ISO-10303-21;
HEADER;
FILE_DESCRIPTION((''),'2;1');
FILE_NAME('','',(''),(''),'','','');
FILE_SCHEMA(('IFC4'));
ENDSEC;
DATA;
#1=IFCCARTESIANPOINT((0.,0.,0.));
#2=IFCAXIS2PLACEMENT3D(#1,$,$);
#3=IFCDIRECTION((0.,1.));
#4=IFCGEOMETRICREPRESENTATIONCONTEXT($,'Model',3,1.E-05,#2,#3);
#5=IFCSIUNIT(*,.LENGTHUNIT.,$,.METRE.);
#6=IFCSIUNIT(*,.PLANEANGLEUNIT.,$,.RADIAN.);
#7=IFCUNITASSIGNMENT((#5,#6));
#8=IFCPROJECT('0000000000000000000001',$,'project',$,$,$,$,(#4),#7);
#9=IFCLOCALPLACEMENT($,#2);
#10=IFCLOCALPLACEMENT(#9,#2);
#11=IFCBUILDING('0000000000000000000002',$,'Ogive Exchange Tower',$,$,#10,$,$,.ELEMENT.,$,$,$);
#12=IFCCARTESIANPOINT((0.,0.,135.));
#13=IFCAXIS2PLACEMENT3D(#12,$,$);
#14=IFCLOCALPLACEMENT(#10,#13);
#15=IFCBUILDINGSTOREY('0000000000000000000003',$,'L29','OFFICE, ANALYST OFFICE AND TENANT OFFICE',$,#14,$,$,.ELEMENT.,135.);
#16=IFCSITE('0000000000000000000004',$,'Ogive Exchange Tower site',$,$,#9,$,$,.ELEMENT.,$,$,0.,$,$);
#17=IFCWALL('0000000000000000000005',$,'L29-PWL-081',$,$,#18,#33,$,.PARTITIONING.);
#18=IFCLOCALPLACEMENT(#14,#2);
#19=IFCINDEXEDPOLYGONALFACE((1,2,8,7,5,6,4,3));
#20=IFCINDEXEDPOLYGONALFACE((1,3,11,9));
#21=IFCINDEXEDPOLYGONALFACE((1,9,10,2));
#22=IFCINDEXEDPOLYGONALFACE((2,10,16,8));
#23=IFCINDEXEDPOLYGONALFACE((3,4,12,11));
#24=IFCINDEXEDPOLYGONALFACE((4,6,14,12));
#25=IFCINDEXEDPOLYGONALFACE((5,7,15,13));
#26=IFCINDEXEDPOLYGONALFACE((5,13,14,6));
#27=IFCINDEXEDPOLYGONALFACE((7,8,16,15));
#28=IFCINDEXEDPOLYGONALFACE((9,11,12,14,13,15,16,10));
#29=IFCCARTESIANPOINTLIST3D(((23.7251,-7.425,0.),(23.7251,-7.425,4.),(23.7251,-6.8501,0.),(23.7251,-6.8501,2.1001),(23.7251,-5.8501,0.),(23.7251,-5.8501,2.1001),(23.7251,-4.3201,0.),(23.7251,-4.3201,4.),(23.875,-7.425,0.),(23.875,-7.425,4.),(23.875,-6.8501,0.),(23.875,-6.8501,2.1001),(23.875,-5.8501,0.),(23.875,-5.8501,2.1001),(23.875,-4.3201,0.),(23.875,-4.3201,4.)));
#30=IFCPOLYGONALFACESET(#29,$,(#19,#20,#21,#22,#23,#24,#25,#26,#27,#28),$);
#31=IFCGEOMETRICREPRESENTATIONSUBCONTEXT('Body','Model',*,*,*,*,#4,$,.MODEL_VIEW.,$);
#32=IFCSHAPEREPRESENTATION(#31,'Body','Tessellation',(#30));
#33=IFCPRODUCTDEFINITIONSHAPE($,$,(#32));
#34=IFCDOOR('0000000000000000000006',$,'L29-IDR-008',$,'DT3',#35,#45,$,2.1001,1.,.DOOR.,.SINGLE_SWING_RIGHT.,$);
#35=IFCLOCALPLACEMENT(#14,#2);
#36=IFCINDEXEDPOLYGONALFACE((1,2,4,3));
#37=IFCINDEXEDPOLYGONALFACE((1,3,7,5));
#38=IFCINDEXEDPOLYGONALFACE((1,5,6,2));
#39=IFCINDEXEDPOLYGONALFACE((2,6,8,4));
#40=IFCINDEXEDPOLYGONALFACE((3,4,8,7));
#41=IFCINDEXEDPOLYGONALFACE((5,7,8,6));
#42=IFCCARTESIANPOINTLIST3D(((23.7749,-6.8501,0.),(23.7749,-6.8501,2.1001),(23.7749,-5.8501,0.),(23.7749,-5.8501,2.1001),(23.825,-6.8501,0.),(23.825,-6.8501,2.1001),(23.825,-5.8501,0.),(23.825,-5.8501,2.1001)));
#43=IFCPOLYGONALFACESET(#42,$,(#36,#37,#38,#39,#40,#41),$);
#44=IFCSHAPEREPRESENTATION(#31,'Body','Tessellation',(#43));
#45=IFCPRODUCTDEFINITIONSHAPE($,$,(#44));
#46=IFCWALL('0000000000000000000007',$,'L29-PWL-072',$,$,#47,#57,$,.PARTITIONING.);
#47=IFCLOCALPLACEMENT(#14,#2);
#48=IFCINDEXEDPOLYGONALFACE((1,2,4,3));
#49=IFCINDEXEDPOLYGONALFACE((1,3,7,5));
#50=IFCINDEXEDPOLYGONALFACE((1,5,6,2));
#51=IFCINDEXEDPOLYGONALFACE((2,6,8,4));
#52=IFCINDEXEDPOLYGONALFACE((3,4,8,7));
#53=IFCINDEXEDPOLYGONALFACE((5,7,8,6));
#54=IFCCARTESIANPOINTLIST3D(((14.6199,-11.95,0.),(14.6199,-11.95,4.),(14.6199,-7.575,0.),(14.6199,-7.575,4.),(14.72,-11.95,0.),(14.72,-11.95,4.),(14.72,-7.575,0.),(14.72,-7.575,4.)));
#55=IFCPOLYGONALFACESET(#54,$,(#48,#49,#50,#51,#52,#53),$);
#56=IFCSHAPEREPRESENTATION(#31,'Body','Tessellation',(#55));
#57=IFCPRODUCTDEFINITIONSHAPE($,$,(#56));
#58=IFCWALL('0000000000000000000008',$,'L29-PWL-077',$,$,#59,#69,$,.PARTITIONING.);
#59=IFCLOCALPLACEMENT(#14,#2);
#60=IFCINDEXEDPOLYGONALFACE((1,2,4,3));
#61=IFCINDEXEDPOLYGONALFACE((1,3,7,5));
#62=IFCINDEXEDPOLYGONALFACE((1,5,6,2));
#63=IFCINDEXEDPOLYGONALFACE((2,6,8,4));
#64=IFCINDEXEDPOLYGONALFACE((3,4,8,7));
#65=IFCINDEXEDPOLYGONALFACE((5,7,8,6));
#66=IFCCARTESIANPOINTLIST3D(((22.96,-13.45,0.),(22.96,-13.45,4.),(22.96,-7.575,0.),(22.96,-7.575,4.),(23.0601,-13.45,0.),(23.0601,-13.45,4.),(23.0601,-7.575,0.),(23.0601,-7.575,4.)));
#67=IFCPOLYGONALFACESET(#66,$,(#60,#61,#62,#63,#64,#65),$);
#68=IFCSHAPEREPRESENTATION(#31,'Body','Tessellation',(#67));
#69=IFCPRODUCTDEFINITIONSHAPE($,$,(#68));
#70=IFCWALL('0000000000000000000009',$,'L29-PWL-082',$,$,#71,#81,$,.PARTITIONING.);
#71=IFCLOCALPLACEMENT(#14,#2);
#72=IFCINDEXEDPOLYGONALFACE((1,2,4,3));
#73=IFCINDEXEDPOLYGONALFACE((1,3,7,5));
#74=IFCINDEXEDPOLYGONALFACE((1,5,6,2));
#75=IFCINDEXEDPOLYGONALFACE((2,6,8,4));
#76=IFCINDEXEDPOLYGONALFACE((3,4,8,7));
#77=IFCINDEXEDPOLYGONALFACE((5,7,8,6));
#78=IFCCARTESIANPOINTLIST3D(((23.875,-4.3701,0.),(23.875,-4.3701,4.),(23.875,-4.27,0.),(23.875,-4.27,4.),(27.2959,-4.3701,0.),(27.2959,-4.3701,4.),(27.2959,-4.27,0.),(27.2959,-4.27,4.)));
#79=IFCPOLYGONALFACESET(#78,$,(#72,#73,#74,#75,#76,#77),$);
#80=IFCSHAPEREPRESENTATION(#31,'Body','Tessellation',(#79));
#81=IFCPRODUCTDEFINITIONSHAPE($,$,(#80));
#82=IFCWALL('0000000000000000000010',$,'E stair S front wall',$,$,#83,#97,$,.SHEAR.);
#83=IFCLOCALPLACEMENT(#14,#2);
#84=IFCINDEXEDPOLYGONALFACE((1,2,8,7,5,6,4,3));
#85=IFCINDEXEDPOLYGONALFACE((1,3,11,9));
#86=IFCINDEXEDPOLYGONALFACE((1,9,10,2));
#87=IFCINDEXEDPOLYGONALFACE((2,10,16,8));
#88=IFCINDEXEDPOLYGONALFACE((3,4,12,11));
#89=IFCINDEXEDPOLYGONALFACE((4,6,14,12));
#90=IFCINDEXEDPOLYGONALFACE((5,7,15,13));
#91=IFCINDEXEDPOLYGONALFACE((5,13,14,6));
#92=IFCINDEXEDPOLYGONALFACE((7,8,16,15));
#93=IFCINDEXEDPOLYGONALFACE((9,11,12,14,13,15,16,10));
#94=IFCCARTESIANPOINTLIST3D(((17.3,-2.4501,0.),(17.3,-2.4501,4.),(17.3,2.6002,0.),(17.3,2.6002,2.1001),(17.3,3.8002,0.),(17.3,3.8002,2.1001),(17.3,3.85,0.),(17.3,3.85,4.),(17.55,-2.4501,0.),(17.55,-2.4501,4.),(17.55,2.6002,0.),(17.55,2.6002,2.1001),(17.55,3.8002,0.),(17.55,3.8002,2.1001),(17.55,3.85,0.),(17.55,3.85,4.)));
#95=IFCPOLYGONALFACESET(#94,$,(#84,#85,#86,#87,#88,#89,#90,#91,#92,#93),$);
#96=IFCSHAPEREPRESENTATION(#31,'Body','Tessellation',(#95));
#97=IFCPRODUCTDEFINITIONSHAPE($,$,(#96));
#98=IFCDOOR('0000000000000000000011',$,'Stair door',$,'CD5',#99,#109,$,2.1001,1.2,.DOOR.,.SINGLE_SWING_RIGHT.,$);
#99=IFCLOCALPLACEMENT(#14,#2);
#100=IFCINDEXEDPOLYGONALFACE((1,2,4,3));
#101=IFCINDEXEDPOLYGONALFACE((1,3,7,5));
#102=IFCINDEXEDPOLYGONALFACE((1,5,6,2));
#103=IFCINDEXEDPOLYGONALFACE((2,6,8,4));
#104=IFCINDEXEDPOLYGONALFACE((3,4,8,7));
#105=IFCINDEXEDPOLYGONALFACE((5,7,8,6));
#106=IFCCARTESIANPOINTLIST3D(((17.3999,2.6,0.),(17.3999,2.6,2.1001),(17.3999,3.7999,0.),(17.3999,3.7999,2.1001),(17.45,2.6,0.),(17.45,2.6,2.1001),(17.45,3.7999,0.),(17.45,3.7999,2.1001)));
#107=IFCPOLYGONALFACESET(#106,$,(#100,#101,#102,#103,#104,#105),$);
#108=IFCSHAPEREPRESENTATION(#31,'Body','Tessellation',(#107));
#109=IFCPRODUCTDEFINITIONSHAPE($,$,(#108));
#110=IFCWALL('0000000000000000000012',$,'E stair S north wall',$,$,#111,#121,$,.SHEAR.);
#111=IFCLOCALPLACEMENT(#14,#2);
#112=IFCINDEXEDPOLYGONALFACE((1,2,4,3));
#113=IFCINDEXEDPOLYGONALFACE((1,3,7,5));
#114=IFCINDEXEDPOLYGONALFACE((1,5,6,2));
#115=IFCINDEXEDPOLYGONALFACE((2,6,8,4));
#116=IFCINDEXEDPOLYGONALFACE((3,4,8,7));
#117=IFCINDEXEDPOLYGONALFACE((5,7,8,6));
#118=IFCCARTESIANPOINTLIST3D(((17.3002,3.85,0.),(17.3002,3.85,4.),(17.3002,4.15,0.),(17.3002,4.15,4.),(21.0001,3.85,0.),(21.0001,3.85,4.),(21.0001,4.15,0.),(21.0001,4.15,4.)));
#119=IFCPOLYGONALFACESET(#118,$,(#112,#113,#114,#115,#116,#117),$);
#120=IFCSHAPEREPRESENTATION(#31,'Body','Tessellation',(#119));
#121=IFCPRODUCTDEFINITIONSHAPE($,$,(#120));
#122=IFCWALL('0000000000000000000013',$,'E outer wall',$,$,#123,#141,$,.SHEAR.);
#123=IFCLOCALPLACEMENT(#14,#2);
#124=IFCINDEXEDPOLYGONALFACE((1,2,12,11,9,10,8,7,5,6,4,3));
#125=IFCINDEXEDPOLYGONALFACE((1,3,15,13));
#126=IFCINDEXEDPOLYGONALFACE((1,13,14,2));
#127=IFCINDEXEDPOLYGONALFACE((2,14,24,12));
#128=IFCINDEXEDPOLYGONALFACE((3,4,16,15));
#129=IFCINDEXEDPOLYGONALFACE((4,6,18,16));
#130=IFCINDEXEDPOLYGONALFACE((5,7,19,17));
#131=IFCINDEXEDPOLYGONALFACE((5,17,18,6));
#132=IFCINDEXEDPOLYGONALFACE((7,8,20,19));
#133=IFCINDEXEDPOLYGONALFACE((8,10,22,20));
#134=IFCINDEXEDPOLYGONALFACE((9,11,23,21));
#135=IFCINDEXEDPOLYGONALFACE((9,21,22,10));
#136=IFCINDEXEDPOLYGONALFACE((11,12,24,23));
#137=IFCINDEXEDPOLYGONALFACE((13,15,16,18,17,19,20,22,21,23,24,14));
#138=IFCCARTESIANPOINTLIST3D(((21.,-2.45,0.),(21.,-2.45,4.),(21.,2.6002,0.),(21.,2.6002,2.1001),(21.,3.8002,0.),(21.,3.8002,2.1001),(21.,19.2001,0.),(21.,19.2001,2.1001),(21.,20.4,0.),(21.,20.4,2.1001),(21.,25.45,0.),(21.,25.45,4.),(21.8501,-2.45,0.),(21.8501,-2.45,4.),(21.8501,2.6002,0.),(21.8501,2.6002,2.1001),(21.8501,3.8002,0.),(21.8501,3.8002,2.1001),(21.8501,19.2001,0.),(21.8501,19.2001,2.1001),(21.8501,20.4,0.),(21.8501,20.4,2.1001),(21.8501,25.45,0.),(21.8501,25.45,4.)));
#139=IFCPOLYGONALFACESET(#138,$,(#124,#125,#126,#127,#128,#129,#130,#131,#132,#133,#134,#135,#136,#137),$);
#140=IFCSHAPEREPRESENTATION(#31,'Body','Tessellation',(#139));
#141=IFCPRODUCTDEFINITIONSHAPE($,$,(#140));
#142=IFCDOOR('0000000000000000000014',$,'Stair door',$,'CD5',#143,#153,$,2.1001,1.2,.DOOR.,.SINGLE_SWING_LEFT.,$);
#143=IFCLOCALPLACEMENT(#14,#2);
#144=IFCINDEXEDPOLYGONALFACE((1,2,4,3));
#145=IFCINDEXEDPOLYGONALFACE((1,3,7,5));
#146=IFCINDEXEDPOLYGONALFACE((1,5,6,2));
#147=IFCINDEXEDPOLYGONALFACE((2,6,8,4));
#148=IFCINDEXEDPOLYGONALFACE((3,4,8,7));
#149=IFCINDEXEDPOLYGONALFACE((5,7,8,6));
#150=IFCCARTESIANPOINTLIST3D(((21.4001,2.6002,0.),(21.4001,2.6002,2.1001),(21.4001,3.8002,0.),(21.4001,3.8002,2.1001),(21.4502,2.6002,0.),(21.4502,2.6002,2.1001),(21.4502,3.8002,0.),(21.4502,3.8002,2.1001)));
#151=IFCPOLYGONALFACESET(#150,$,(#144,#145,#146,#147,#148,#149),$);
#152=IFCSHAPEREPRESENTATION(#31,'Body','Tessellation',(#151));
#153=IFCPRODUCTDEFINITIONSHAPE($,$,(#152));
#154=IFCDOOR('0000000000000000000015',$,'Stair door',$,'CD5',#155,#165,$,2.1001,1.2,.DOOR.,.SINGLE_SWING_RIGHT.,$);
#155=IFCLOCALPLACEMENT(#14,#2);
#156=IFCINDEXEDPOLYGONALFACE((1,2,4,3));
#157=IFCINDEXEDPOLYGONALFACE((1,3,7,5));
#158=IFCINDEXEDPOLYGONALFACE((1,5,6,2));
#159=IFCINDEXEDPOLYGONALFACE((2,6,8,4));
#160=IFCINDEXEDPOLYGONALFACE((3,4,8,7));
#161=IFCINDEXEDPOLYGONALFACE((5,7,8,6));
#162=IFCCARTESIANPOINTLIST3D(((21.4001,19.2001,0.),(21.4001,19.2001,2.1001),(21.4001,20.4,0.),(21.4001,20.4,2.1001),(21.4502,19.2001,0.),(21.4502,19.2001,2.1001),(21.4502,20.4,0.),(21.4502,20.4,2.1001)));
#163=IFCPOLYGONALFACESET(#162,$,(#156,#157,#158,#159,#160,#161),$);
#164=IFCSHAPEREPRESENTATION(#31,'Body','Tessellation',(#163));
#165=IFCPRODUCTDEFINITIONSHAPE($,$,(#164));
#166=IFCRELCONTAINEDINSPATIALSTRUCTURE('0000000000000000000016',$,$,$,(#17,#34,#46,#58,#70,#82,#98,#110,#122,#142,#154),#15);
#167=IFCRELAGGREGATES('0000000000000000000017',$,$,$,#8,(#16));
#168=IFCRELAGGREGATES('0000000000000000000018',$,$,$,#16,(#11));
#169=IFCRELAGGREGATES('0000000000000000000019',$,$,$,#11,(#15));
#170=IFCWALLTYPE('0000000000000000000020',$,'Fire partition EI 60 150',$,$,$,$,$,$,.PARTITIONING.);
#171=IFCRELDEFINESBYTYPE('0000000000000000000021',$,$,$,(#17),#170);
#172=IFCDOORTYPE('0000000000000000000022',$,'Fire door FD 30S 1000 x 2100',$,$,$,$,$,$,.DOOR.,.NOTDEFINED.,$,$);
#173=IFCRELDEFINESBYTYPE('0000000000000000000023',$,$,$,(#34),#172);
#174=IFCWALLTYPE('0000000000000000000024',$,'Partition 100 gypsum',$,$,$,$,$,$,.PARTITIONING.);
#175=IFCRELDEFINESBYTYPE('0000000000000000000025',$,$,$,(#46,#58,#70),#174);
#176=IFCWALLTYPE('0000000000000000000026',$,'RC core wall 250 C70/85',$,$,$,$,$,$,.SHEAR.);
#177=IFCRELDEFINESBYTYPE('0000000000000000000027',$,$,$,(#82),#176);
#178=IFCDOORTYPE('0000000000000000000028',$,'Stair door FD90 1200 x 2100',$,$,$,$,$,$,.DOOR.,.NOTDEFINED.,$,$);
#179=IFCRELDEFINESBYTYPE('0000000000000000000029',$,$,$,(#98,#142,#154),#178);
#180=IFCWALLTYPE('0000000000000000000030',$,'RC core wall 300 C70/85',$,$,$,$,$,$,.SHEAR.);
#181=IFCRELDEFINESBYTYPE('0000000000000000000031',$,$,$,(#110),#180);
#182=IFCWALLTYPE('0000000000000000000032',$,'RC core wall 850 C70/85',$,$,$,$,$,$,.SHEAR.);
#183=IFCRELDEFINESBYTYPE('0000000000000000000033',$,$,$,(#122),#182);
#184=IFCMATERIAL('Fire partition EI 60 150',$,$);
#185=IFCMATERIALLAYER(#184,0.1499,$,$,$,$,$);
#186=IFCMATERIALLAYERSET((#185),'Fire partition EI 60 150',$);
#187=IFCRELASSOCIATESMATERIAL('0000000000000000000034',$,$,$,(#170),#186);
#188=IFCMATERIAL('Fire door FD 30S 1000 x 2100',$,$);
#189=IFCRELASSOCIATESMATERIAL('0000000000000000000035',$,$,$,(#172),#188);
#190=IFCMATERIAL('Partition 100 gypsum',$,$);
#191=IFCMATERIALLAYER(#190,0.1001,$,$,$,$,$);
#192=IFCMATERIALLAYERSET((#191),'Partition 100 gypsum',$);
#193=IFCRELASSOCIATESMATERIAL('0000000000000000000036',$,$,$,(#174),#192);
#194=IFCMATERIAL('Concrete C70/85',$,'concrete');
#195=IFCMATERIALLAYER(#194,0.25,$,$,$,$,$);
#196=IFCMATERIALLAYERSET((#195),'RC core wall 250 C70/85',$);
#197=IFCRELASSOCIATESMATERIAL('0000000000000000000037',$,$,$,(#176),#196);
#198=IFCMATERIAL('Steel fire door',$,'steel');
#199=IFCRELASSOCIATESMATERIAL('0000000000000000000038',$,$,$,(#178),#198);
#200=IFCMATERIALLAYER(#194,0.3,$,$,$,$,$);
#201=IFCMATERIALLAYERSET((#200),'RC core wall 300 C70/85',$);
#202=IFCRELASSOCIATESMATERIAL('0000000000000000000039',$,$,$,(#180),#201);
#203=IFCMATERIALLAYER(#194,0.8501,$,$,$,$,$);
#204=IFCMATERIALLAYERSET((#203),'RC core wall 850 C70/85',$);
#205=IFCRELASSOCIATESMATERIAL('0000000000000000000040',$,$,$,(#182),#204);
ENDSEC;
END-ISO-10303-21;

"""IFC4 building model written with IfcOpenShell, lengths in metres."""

from ifc_helpers import new_model, si_unit, direction, frame, frame_2d, origin, place, context, subcontext, project, spatial, rectangle, extrude, material, layer, layer_set, type_object, element, fill, save


model = new_model("IFC4")

# Units and contexts
model_context = context("Model", 3, precision=1e-05, world=origin(), true_north=direction((0.0, 1.0)))
body_context = subcontext(model_context, "Body", "Model", "MODEL_VIEW")
ifc_project = project(units=[si_unit("LENGTHUNIT", "METRE"), si_unit("PLANEANGLEUNIT", "RADIAN")], contexts=[model_context])

# Site, building, storey
site_placement = place(None, origin())
site = spatial("IfcSite", under=ifc_project, at=site_placement, Name="Ogive Exchange Tower site", CompositionType="ELEMENT", RefElevation=0.0)
building_placement = place(site_placement, origin())
building = spatial("IfcBuilding", under=site, at=building_placement, Name="Ogive Exchange Tower", CompositionType="ELEMENT")
storey_placement = place(building_placement, frame((0.0, 0.0, 135.0)))
storey = spatial("IfcBuildingStorey", under=building, at=storey_placement, Name="L29", Description="OFFICE, ANALYST OFFICE AND TENANT OFFICE", CompositionType="ELEMENT", Elevation=135.0)

# Shared definitions
ifc_material_1 = material(Name="Fire partition EI 60 150")
ifc_layer_1 = layer(ifc_material_1, 0.1499)
ifc_layer_set_1 = layer_set([ifc_layer_1], Name="Fire partition EI 60 150")
wall_type_1 = type_object("IfcWallType", Name="Fire partition EI 60 150", PredefinedType="PARTITIONING", material=ifc_layer_set_1)
ifc_material_2 = material(Name="Fire door FD 30S 1000 x 2100")
door_type_1 = type_object("IfcDoorType", Name="Fire door FD 30S 1000 x 2100", OperationType="NOTDEFINED", PredefinedType="DOOR", material=ifc_material_2)

# Wall, opening, door
wall_1_placement = place(storey_placement, frame((23.8, -4.3201, 0.0), z_axis=(0.0, 0.0, 1.0), x_axis=(0.0, -1.0, 0.0)))
wall_1 = element("IfcWall", 1, at=wall_1_placement, inside=storey, type_object=wall_type_1, Name="L29-PWL-081", PredefinedType="PARTITIONING", context=body_context, shape_type="SweptSolid", body=[
    extrude(rectangle(XDim=3.105, YDim=0.1499, at=frame_2d((1.5525, 0.0))), origin(), (0.0, 0.0, 1.0), 4.0),
])
opening_1_placement = place(wall_1_placement, frame((1.53, 0.0, 0.0)))
opening_1 = element("IfcOpeningElement", 2, at=opening_1_placement, cuts=wall_1, PredefinedType="OPENING", context=body_context, shape_type="SweptSolid", body=[
    extrude(rectangle(XDim=1.0, YDim=2.1001, at=frame_2d((0.5, 1.05))), frame((0.0, 0.085, 0.0), z_axis=(0.0, -1.0, 0.0), x_axis=(1.0, 0.0, 0.0)), (0.0, 0.0, 1.0), 0.1699),
])
door_1_placement = place(opening_1_placement, origin())
door_1 = element("IfcDoor", 3, at=door_1_placement, inside=storey, type_object=door_type_1, Name="L29-IDR-008", ObjectType="DT3", OperationType="SINGLE_SWING_RIGHT", OverallHeight=2.1001, OverallWidth=1.0, PredefinedType="DOOR", context=body_context, shape_type="SweptSolid", body=[
    extrude(rectangle(XDim=1.0, YDim=2.1001, at=frame_2d((0.5, 1.05))), frame((0.0, 0.0249, 0.0), z_axis=(0.0, -1.0, 0.0), x_axis=(1.0, 0.0, 0.0)), (0.0, 0.0, 1.0), 0.05),
])
fill(opening_1, door_1)

# Walls
ifc_material_3 = material(Name="Partition 100 gypsum")
ifc_layer_2 = layer(ifc_material_3, 0.1001)
ifc_layer_set_2 = layer_set([ifc_layer_2], Name="Partition 100 gypsum")
wall_type_2 = type_object("IfcWallType", Name="Partition 100 gypsum", PredefinedType="PARTITIONING", material=ifc_layer_set_2)
wall_2_placement = place(storey_placement, frame((14.6699, -7.575, 0.0), z_axis=(0.0, 0.0, 1.0), x_axis=(0.0, -1.0, 0.0)))
element("IfcWall", 4, at=wall_2_placement, inside=storey, type_object=wall_type_2, Name="L29-PWL-072", PredefinedType="PARTITIONING", context=body_context, shape_type="SweptSolid", body=[
    extrude(rectangle(XDim=4.375, YDim=0.1001, at=frame_2d((2.1875, 0.0))), origin(), (0.0, 0.0, 1.0), 4.0),
])
wall_3_placement = place(storey_placement, frame((23.01, -7.575, 0.0), z_axis=(0.0, 0.0, 1.0), x_axis=(0.0, -1.0, 0.0)))
element("IfcWall", 5, at=wall_3_placement, inside=storey, type_object=wall_type_2, Name="L29-PWL-077", PredefinedType="PARTITIONING", context=body_context, shape_type="SweptSolid", body=[
    extrude(rectangle(XDim=5.875, YDim=0.1001, at=frame_2d((2.9375, 0.0))), origin(), (0.0, 0.0, 1.0), 4.0),
])
wall_4_placement = place(storey_placement, frame((23.875, -4.3201, 0.0), z_axis=(0.0, 0.0, 1.0), x_axis=(1.0, 0.0, 0.0)))
element("IfcWall", 6, at=wall_4_placement, inside=storey, type_object=wall_type_2, Name="L29-PWL-082", PredefinedType="PARTITIONING", context=body_context, shape_type="SweptSolid", body=[
    extrude(rectangle(XDim=3.4209, YDim=0.1001, at=frame_2d((1.7104, 0.0))), origin(), (0.0, 0.0, 1.0), 4.0),
])

# Wall, opening, door
ifc_material_4 = material(Name="Concrete C70/85", Category="concrete")
ifc_layer_3 = layer(ifc_material_4, 0.25)
ifc_layer_set_3 = layer_set([ifc_layer_3], Name="RC core wall 250 C70/85")
wall_type_3 = type_object("IfcWallType", Name="RC core wall 250 C70/85", PredefinedType="SHEAR", material=ifc_layer_set_3)
wall_5_placement = place(storey_placement, frame((17.425, -2.45, 0.0), z_axis=(0.0, 0.0, 1.0), x_axis=(0.0, 1.0, 0.0)))
wall_5 = element("IfcWall", 7, at=wall_5_placement, inside=storey, type_object=wall_type_3, Name="E stair S front wall", PredefinedType="SHEAR", context=body_context, shape_type="SweptSolid", body=[
    extrude(rectangle(XDim=6.3, YDim=0.25, at=frame_2d((3.1499, 0.0))), origin(), (0.0, 0.0, 1.0), 4.0),
])
opening_2_placement = place(wall_5_placement, frame((5.05, 0.0, 0.0)))
opening_2 = element("IfcOpeningElement", 8, at=opening_2_placement, cuts=wall_5, PredefinedType="OPENING", context=body_context, shape_type="SweptSolid", body=[
    extrude(rectangle(XDim=1.2, YDim=2.1001, at=frame_2d((0.6001, 1.05))), frame((0.0, 0.135, 0.0), z_axis=(0.0, -1.0, 0.0), x_axis=(1.0, 0.0, 0.0)), (0.0, 0.0, 1.0), 0.27),
])
ifc_material_5 = material(Name="Steel fire door", Category="steel")
door_type_2 = type_object("IfcDoorType", Name="Stair door FD90 1200 x 2100", OperationType="NOTDEFINED", PredefinedType="DOOR", material=ifc_material_5)
door_2_placement = place(opening_2_placement, frame((1.2, 0.0, 0.0), z_axis=(0.0, 0.0, 1.0), x_axis=(-1.0, 0.0, 0.0)))
door_2 = element("IfcDoor", 9, at=door_2_placement, inside=storey, type_object=door_type_2, Name="Stair door", ObjectType="CD5", OperationType="SINGLE_SWING_RIGHT", OverallHeight=2.1001, OverallWidth=1.2, PredefinedType="DOOR", context=body_context, shape_type="SweptSolid", body=[
    extrude(rectangle(XDim=1.2, YDim=2.1001, at=frame_2d((0.6001, 1.05))), frame((0.0, 0.0249, 0.0), z_axis=(0.0, -1.0, 0.0), x_axis=(1.0, 0.0, 0.0)), (0.0, 0.0, 1.0), 0.05),
])
fill(opening_2, door_2)

# Wall
ifc_layer_4 = layer(ifc_material_4, 0.3)
ifc_layer_set_4 = layer_set([ifc_layer_4], Name="RC core wall 300 C70/85")
wall_type_4 = type_object("IfcWallType", Name="RC core wall 300 C70/85", PredefinedType="SHEAR", material=ifc_layer_set_4)
wall_6_placement = place(storey_placement, frame((17.3, 4.0, 0.0), z_axis=(0.0, 0.0, 1.0), x_axis=(1.0, 0.0, 0.0)))
element("IfcWall", 10, at=wall_6_placement, inside=storey, type_object=wall_type_4, Name="E stair S north wall", PredefinedType="SHEAR", context=body_context, shape_type="SweptSolid", body=[
    extrude(rectangle(XDim=3.7, YDim=0.3, at=frame_2d((1.8501, 0.0))), origin(), (0.0, 0.0, 1.0), 4.0),
])

# Wall, openings, doors
ifc_layer_5 = layer(ifc_material_4, 0.8501)
ifc_layer_set_5 = layer_set([ifc_layer_5], Name="RC core wall 850 C70/85")
wall_type_5 = type_object("IfcWallType", Name="RC core wall 850 C70/85", PredefinedType="SHEAR", material=ifc_layer_set_5)
wall_7_placement = place(storey_placement, frame((21.425, -2.45, 0.0), z_axis=(0.0, 0.0, 1.0), x_axis=(0.0, 1.0, 0.0)))
wall_7 = element("IfcWall", 11, at=wall_7_placement, inside=storey, type_object=wall_type_5, Name="E outer wall", PredefinedType="SHEAR", context=body_context, shape_type="SweptSolid", body=[
    extrude(rectangle(XDim=27.8999, YDim=0.8501, at=frame_2d((13.95, 0.0))), origin(), (0.0, 0.0, 1.0), 4.0),
])
opening_3_placement = place(wall_7_placement, frame((5.05, 0.0, 0.0)))
opening_3 = element("IfcOpeningElement", 12, at=opening_3_placement, cuts=wall_7, PredefinedType="OPENING", context=body_context, shape_type="SweptSolid", body=[
    extrude(rectangle(XDim=1.2, YDim=2.1001, at=frame_2d((0.6001, 1.05))), frame((0.0, 0.4351, 0.0), z_axis=(0.0, -1.0, 0.0), x_axis=(1.0, 0.0, 0.0)), (0.0, 0.0, 1.0), 0.8701),
])
opening_4_placement = place(wall_7_placement, frame((21.6499, 0.0, 0.0)))
opening_4 = element("IfcOpeningElement", 13, at=opening_4_placement, cuts=wall_7, PredefinedType="OPENING", context=body_context, shape_type="SweptSolid", body=[
    extrude(rectangle(XDim=1.2, YDim=2.1001, at=frame_2d((0.6001, 1.05))), frame((0.0, 0.4351, 0.0), z_axis=(0.0, -1.0, 0.0), x_axis=(1.0, 0.0, 0.0)), (0.0, 0.0, 1.0), 0.8701),
])
door_3_placement = place(opening_3_placement, origin())
door_3 = element("IfcDoor", 14, at=door_3_placement, inside=storey, type_object=door_type_2, Name="Stair door", ObjectType="CD5", OperationType="SINGLE_SWING_LEFT", OverallHeight=2.1001, OverallWidth=1.2, PredefinedType="DOOR", context=body_context, shape_type="SweptSolid", body=[
    extrude(rectangle(XDim=1.2, YDim=2.1001, at=frame_2d((0.6001, 1.05))), frame((0.0, 0.0249, 0.0), z_axis=(0.0, -1.0, 0.0), x_axis=(1.0, 0.0, 0.0)), (0.0, 0.0, 1.0), 0.05),
])
fill(opening_3, door_3)
door_4_placement = place(opening_4_placement, origin())
door_4 = element("IfcDoor", 15, at=door_4_placement, inside=storey, type_object=door_type_2, Name="Stair door", ObjectType="CD5", OperationType="SINGLE_SWING_RIGHT", OverallHeight=2.1001, OverallWidth=1.2, PredefinedType="DOOR", context=body_context, shape_type="SweptSolid", body=[
    extrude(rectangle(XDim=1.2, YDim=2.1001, at=frame_2d((0.6001, 1.05))), frame((0.0, 0.0249, 0.0), z_axis=(0.0, -1.0, 0.0), x_axis=(1.0, 0.0, 0.0)), (0.0, 0.0, 1.0), 0.05),
])
fill(opening_4, door_4)

save(model, "model.ifc")
